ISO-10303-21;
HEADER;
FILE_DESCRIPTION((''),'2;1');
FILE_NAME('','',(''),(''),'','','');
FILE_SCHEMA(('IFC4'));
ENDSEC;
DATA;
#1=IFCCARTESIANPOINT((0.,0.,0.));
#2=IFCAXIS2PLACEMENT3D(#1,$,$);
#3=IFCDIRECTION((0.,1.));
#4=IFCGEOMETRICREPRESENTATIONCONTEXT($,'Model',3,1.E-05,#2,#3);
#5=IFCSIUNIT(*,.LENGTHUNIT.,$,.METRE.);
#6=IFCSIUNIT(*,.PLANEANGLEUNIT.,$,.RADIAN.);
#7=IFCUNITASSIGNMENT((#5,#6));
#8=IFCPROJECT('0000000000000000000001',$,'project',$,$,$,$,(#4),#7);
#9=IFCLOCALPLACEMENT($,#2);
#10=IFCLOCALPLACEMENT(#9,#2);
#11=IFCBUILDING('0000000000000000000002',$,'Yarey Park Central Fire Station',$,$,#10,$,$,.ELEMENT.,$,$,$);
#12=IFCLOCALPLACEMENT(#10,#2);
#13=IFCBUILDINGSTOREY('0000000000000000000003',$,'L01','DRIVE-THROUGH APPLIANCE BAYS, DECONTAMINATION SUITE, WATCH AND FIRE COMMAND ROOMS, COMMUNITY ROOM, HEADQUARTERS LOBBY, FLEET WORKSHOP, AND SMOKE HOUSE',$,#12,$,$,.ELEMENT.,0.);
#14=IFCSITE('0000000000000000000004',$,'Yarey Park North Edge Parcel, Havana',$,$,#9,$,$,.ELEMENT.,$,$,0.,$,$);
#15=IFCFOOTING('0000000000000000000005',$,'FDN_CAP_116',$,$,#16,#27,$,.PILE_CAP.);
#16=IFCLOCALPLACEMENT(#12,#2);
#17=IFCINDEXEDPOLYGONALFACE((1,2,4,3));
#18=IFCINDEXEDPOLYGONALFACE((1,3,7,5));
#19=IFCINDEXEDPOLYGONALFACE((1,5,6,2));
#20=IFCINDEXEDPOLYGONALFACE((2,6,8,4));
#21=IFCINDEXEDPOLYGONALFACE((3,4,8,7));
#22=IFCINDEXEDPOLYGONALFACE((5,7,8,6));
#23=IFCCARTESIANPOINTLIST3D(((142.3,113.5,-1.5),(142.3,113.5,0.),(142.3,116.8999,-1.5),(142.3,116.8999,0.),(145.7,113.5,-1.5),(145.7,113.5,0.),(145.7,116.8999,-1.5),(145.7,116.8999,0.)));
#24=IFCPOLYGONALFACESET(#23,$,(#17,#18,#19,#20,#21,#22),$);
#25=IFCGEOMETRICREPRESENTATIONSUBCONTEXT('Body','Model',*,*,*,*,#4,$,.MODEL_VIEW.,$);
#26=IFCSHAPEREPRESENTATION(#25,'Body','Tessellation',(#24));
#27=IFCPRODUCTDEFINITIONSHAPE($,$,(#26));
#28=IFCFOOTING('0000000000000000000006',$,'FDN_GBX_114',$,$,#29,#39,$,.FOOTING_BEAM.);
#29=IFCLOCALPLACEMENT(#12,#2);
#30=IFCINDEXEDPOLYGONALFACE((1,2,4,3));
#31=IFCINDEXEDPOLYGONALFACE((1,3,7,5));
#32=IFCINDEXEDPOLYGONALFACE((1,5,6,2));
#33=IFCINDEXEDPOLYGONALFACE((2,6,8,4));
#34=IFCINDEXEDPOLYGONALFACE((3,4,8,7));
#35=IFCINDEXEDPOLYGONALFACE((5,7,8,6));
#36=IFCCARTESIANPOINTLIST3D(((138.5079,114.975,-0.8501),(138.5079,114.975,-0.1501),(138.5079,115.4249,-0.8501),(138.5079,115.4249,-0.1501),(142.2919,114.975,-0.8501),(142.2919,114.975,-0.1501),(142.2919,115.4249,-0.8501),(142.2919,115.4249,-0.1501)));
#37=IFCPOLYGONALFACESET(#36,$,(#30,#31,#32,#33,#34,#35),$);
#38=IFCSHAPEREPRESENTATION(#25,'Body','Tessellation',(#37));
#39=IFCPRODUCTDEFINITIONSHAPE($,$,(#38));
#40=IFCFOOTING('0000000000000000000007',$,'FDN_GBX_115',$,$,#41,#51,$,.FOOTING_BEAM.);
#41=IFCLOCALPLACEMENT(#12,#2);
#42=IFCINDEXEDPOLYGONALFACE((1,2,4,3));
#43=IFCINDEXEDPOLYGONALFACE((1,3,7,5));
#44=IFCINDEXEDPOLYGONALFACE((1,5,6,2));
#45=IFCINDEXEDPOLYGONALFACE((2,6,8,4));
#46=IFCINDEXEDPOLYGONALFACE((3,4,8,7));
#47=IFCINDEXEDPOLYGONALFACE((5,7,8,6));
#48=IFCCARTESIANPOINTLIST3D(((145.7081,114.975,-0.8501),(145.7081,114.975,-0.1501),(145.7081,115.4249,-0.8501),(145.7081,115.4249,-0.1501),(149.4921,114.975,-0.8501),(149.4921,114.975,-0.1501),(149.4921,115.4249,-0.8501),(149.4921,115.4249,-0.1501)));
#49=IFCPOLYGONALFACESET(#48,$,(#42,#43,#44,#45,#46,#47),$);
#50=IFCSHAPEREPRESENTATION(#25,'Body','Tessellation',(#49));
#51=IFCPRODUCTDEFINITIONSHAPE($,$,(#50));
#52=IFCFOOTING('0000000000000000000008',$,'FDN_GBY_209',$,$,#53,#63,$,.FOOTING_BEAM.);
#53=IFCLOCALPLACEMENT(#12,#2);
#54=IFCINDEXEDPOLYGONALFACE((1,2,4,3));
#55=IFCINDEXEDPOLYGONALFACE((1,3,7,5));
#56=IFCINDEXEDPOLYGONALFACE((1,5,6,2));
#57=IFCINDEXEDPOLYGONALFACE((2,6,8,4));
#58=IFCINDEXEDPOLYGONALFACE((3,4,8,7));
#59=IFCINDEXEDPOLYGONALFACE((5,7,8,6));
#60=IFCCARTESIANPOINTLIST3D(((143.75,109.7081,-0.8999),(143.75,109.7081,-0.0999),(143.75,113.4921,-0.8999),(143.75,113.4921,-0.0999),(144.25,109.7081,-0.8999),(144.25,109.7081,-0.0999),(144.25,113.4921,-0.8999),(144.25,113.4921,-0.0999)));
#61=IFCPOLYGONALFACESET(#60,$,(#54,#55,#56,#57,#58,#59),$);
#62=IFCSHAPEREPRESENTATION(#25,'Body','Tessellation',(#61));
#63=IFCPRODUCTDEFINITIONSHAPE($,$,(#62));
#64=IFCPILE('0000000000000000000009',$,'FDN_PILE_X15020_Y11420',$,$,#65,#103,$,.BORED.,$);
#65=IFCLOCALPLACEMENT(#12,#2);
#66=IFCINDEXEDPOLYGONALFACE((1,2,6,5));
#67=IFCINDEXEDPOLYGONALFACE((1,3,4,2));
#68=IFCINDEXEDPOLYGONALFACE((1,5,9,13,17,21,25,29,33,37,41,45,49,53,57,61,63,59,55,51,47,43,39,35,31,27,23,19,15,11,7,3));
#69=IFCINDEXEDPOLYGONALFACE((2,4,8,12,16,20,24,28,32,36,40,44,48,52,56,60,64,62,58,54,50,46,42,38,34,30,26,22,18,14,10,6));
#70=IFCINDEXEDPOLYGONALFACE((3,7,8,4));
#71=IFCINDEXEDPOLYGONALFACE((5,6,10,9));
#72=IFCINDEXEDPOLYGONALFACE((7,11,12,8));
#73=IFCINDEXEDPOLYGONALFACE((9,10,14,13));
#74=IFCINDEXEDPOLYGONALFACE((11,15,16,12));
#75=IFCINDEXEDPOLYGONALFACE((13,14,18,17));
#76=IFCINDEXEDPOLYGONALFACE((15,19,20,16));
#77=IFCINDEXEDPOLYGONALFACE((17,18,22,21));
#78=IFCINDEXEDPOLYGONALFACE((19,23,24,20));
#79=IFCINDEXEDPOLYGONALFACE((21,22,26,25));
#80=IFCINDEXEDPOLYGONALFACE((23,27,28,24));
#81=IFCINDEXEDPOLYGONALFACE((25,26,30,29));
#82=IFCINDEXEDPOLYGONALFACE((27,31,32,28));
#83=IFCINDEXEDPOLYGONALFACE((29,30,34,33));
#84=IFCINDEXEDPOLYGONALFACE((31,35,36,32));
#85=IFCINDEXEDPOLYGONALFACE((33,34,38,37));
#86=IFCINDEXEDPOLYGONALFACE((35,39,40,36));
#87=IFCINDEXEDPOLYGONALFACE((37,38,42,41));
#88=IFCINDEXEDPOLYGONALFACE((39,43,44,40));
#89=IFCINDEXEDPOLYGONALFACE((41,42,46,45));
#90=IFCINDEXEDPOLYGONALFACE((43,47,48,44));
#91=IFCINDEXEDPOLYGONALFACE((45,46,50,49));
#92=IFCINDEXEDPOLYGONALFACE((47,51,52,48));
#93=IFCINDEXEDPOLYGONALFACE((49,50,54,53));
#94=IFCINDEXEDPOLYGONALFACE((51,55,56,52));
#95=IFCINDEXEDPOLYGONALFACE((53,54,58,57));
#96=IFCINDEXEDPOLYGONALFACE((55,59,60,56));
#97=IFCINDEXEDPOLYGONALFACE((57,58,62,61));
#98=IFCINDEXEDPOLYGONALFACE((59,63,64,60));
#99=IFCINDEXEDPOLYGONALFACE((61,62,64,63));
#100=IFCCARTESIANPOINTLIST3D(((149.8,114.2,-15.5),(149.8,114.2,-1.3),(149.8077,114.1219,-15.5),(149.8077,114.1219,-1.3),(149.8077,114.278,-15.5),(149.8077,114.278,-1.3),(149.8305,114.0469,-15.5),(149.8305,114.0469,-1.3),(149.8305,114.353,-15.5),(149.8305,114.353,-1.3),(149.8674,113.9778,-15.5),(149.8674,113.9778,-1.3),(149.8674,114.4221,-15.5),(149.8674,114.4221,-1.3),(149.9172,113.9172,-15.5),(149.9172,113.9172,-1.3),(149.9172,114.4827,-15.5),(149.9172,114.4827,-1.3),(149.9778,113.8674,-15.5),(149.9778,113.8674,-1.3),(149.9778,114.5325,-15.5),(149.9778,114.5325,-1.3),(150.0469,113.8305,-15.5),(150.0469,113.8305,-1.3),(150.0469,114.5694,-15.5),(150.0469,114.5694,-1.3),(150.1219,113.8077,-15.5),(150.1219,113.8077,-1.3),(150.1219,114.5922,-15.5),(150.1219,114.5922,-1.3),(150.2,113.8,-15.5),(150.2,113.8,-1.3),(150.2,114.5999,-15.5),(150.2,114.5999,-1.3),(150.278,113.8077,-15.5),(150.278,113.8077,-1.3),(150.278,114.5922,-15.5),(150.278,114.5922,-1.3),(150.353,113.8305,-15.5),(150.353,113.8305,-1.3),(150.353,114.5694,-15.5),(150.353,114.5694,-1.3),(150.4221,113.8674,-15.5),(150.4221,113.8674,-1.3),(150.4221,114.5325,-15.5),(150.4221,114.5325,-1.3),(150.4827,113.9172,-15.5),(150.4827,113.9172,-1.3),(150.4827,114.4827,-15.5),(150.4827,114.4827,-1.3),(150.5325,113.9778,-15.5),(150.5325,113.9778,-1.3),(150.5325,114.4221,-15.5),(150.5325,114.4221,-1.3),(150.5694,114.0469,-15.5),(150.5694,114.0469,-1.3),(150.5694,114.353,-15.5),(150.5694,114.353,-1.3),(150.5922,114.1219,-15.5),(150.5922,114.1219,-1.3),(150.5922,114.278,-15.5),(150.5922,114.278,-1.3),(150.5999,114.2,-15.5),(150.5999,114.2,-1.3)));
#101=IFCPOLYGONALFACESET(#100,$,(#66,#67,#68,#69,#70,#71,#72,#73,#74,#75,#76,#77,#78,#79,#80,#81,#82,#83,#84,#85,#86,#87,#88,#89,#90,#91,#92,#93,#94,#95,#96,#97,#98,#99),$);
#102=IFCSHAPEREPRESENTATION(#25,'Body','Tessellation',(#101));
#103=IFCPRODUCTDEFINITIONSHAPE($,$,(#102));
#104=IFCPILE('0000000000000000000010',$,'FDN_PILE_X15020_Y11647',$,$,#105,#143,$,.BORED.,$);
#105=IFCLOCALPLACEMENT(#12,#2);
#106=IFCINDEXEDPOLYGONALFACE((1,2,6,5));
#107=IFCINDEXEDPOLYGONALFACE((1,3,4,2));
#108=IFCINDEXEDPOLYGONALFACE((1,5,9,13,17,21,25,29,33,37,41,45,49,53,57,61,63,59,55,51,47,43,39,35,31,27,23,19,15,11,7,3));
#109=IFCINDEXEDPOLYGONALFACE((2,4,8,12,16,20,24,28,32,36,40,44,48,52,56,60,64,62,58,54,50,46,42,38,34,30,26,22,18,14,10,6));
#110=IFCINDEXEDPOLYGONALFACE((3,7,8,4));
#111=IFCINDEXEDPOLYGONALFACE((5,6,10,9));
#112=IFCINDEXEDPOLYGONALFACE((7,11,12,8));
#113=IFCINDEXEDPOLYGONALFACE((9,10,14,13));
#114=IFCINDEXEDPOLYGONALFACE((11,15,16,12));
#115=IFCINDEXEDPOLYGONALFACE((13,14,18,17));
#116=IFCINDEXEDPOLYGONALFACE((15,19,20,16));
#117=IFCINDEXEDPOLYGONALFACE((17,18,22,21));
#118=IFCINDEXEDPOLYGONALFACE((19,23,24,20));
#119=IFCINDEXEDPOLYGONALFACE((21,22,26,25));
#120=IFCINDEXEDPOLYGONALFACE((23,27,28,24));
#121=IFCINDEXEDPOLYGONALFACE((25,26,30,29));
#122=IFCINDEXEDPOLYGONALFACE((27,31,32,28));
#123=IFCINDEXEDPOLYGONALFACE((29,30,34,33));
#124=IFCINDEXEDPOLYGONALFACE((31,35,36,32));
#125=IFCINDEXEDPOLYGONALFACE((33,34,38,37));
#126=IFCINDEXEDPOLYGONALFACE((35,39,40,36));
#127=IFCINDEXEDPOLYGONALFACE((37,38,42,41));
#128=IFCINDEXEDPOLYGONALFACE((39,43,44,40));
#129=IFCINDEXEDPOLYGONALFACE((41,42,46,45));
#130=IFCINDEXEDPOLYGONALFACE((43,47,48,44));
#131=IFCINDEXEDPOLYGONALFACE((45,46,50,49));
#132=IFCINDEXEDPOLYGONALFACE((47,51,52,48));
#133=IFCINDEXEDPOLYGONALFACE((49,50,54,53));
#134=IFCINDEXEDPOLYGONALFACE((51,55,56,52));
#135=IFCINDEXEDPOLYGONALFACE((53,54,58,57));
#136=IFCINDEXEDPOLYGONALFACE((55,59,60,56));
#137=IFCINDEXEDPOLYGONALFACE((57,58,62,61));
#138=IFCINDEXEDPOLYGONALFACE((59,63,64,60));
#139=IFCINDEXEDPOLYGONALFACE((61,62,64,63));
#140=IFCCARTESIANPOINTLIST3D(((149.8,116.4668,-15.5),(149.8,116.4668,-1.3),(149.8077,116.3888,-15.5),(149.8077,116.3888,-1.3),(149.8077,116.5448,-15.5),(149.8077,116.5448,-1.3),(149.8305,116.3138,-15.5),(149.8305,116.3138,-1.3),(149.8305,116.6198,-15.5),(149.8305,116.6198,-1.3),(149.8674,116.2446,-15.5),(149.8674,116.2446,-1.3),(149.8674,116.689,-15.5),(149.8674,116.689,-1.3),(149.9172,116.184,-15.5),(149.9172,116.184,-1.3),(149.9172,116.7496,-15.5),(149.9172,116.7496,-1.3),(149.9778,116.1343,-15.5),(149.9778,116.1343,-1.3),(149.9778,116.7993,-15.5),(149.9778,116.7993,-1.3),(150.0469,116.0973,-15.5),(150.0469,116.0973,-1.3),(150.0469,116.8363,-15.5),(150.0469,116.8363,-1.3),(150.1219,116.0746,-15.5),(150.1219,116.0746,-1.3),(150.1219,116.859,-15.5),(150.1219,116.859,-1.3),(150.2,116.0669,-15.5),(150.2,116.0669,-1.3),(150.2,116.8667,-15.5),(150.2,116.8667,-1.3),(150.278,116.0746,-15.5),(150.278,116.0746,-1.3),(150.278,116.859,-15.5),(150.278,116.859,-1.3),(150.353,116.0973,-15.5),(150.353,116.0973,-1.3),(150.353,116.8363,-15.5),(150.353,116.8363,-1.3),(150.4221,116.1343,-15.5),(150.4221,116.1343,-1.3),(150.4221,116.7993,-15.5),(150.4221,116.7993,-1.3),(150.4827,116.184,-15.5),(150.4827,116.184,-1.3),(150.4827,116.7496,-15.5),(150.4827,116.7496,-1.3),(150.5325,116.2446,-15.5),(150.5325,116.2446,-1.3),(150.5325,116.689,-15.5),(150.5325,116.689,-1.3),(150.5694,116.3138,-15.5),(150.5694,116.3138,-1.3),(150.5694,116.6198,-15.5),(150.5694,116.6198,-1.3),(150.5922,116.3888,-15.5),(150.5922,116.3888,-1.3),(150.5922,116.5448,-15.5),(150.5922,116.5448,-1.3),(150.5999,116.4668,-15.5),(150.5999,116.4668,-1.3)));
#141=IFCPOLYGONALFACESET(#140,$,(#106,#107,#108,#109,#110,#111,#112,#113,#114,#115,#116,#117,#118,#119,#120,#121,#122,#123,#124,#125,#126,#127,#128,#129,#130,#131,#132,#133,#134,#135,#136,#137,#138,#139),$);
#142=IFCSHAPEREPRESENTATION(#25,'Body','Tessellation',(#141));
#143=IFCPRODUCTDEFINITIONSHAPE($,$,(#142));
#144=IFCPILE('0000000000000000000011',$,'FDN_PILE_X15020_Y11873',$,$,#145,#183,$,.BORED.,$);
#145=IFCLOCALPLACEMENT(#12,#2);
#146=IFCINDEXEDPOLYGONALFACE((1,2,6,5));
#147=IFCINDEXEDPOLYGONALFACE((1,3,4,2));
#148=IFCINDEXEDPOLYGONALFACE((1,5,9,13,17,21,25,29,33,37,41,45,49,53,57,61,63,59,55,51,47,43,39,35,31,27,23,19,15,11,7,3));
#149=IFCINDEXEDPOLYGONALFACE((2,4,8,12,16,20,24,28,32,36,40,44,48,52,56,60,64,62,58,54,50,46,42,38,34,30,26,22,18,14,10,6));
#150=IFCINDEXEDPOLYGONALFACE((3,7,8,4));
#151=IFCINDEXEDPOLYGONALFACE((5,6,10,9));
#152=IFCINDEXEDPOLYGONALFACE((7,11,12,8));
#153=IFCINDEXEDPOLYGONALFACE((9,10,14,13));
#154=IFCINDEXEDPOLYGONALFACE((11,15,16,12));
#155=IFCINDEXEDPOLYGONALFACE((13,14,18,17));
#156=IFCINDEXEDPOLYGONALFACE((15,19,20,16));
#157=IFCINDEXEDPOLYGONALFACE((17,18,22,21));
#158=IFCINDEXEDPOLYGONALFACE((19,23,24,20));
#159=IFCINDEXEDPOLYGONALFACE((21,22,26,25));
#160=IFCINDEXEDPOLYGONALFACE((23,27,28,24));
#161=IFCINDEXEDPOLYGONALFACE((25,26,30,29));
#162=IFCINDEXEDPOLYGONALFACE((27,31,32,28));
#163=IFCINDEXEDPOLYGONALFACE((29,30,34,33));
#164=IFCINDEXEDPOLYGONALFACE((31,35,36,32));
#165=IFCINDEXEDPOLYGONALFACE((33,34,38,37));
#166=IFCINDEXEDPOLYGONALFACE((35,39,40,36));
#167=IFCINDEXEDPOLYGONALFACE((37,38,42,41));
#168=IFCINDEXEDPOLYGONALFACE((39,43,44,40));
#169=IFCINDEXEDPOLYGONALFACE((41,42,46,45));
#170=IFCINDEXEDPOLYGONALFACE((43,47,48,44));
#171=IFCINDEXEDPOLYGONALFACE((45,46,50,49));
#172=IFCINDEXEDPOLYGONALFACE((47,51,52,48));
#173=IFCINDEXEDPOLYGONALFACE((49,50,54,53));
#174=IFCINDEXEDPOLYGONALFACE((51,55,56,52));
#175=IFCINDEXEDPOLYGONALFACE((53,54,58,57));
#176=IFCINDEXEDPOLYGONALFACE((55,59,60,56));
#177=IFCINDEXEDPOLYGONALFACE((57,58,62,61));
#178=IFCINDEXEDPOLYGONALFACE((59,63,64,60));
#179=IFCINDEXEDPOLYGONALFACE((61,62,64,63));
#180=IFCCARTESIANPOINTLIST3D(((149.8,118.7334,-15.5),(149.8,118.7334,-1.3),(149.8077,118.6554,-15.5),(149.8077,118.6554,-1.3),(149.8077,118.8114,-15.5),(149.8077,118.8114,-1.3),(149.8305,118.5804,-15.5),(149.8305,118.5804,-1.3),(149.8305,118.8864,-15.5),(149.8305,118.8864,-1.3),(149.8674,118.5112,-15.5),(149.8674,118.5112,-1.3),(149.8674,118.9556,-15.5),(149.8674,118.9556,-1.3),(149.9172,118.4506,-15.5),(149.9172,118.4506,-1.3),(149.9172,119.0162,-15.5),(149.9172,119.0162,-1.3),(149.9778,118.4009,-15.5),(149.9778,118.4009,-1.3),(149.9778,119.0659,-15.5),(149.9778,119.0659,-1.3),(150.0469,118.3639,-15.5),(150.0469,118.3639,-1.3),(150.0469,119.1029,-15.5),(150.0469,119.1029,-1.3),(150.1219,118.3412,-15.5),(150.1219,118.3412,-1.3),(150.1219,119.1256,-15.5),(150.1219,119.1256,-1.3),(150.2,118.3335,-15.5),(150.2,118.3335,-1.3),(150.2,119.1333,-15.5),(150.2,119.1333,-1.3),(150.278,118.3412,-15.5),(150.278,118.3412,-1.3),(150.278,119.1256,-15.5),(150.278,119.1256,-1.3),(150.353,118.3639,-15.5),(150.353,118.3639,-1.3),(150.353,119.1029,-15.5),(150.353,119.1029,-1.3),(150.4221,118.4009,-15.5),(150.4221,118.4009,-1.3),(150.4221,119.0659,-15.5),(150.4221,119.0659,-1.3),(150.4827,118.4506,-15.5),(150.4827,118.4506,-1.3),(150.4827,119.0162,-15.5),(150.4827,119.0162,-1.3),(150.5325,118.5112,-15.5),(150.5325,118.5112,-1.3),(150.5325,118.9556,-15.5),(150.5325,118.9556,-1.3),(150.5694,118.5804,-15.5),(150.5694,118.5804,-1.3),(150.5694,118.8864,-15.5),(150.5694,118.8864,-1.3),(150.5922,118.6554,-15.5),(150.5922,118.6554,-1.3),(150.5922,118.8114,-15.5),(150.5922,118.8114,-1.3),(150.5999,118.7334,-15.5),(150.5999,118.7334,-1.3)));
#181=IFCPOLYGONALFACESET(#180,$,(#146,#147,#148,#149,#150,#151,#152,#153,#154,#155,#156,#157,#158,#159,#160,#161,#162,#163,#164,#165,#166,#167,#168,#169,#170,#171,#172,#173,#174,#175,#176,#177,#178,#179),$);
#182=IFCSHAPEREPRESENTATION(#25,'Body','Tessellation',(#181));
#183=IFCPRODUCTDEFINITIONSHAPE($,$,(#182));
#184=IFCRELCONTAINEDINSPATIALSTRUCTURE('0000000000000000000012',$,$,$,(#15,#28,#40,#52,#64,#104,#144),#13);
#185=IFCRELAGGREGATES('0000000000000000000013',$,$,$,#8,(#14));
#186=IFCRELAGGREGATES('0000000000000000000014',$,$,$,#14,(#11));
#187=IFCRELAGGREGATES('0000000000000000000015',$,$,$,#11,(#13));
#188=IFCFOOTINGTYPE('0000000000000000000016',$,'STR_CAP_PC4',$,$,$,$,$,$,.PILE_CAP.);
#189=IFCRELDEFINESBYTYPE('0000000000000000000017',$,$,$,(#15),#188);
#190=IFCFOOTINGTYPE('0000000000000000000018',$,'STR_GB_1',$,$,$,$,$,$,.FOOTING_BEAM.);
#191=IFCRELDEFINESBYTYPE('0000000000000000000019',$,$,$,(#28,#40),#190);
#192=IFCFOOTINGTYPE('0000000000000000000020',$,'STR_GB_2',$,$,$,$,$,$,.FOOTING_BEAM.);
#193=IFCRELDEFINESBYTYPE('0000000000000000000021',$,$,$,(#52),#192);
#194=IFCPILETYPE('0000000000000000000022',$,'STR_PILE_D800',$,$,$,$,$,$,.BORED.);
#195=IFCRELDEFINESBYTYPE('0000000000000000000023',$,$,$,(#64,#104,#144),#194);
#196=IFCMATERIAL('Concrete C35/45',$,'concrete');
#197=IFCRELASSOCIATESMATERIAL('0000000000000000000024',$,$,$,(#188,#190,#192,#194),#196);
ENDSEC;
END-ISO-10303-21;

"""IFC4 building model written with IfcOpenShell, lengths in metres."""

from ifc_helpers import new_model, si_unit, direction, frame, origin, origin_2d, place, context, subcontext, project, spatial, rectangle, circle, extrude, material, material_profile, profile_set, type_object, element, save


model = new_model("IFC4")

# Units and contexts
model_context = context("Model", 3, precision=1e-05, world=origin(), true_north=direction((0.0, 1.0)))
body_context = subcontext(model_context, "Body", "Model", "MODEL_VIEW")
ifc_project = project(units=[si_unit("LENGTHUNIT", "METRE"), si_unit("PLANEANGLEUNIT", "RADIAN")], contexts=[model_context])

# Site, building, storey
site_placement = place(None, origin())
site = spatial("IfcSite", under=ifc_project, at=site_placement, Name="Yarey Park North Edge Parcel, Havana", CompositionType="ELEMENT", RefElevation=0.0)
building_placement = place(site_placement, origin())
building = spatial("IfcBuilding", under=site, at=building_placement, Name="Yarey Park Central Fire Station", CompositionType="ELEMENT")
storey_placement = place(building_placement, origin())
storey = spatial("IfcBuildingStorey", under=building, at=storey_placement, Name="L01", Description="DRIVE-THROUGH APPLIANCE BAYS, DECONTAMINATION SUITE, WATCH AND FIRE COMMAND ROOMS, COMMUNITY ROOM, HEADQUARTERS LOBBY, FLEET WORKSHOP, AND SMOKE HOUSE", CompositionType="ELEMENT", Elevation=0.0)

# Footings
ifc_material_1 = material(Name="Concrete C35/45", Category="concrete")
footing_type_1 = type_object("IfcFootingType", Name="STR_CAP_PC4", PredefinedType="PILE_CAP", material=ifc_material_1)
footing_1_placement = place(storey_placement, frame((144.0, 115.2, -1.5), z_axis=(0.0, 0.0, 1.0), x_axis=(1.0, 0.0, 0.0)))
element("IfcFooting", 1, at=footing_1_placement, inside=storey, type_object=footing_type_1, Name="FDN_CAP_116", PredefinedType="PILE_CAP", context=body_context, shape_type="SweptSolid", body=[
    extrude(rectangle(XDim=3.3999, YDim=3.3999, at=origin_2d()), origin(), (0.0, 0.0, 1.0), 1.5),
])
footing_type_2 = type_object("IfcFootingType", Name="STR_GB_1", PredefinedType="FOOTING_BEAM", material=ifc_material_1)
for number, where, z_axis, x_axis, name in (
    (2, (140.3999, 115.2, -0.8501), (0.0, 0.0, 1.0), (1.0, 0.0, 0.0), "FDN_GBX_114"),
    (3, (147.6001, 115.2, -0.8501), (0.0, 0.0, 1.0), (1.0, 0.0, 0.0), "FDN_GBX_115"),
):
    element("IfcFooting", number, at=place(storey_placement, frame(where, z_axis=z_axis, x_axis=x_axis)), inside=storey, type_object=footing_type_2, Name=name, PredefinedType="FOOTING_BEAM", context=body_context, shape_type="SweptSolid", body=[
        extrude(rectangle(XDim=3.7839, YDim=0.45, at=origin_2d()), origin(), (0.0, 0.0, 1.0), 0.7),
    ])
footing_type_3 = type_object("IfcFootingType", Name="STR_GB_2", PredefinedType="FOOTING_BEAM", material=ifc_material_1)
footing_2_placement = place(storey_placement, frame((144.0, 111.6001, -0.8999), z_axis=(0.0, 0.0, 1.0), x_axis=(1.0, 0.0, 0.0)))
element("IfcFooting", 4, at=footing_2_placement, inside=storey, type_object=footing_type_3, Name="FDN_GBY_209", PredefinedType="FOOTING_BEAM", context=body_context, shape_type="SweptSolid", body=[
    extrude(rectangle(XDim=0.5, YDim=3.7839, at=origin_2d()), origin(), (0.0, 0.0, 1.0), 0.8),
])

# Piles
ifc_material_profile_1 = material_profile(ifc_material_1, circle(Radius=0.3999, at=origin_2d()), Name="BORED PILE D800")
ifc_profile_set_1 = profile_set([ifc_material_profile_1], Name="Concrete C35/45")
pile_type = type_object("IfcPileType", Name="STR_PILE_D800", PredefinedType="BORED", material=ifc_profile_set_1)
for number, where, z_axis, x_axis, name in (
    (5, (150.2, 114.2, -1.3), (0.0, 0.0, -1.0), (1.0, 0.0, 0.0), "FDN_PILE_X15020_Y11420"),
    (6, (150.2, 116.4668, -1.3), (0.0, 0.0, -1.0), (1.0, 0.0, 0.0), "FDN_PILE_X15020_Y11647"),
    (7, (150.2, 118.7334, -1.3), (0.0, 0.0, -1.0), (1.0, 0.0, 0.0), "FDN_PILE_X15020_Y11873"),
):
    element("IfcPile", number, at=place(storey_placement, frame(where, z_axis=z_axis, x_axis=x_axis)), inside=storey, type_object=pile_type, Name=name, PredefinedType="BORED", context=body_context, shape_type="SweptSolid", body=[
        extrude(circle(Radius=0.3999, at=origin_2d()), origin(), (0.0, 0.0, 1.0), 14.2),
    ])

save(model, "model.ifc")
